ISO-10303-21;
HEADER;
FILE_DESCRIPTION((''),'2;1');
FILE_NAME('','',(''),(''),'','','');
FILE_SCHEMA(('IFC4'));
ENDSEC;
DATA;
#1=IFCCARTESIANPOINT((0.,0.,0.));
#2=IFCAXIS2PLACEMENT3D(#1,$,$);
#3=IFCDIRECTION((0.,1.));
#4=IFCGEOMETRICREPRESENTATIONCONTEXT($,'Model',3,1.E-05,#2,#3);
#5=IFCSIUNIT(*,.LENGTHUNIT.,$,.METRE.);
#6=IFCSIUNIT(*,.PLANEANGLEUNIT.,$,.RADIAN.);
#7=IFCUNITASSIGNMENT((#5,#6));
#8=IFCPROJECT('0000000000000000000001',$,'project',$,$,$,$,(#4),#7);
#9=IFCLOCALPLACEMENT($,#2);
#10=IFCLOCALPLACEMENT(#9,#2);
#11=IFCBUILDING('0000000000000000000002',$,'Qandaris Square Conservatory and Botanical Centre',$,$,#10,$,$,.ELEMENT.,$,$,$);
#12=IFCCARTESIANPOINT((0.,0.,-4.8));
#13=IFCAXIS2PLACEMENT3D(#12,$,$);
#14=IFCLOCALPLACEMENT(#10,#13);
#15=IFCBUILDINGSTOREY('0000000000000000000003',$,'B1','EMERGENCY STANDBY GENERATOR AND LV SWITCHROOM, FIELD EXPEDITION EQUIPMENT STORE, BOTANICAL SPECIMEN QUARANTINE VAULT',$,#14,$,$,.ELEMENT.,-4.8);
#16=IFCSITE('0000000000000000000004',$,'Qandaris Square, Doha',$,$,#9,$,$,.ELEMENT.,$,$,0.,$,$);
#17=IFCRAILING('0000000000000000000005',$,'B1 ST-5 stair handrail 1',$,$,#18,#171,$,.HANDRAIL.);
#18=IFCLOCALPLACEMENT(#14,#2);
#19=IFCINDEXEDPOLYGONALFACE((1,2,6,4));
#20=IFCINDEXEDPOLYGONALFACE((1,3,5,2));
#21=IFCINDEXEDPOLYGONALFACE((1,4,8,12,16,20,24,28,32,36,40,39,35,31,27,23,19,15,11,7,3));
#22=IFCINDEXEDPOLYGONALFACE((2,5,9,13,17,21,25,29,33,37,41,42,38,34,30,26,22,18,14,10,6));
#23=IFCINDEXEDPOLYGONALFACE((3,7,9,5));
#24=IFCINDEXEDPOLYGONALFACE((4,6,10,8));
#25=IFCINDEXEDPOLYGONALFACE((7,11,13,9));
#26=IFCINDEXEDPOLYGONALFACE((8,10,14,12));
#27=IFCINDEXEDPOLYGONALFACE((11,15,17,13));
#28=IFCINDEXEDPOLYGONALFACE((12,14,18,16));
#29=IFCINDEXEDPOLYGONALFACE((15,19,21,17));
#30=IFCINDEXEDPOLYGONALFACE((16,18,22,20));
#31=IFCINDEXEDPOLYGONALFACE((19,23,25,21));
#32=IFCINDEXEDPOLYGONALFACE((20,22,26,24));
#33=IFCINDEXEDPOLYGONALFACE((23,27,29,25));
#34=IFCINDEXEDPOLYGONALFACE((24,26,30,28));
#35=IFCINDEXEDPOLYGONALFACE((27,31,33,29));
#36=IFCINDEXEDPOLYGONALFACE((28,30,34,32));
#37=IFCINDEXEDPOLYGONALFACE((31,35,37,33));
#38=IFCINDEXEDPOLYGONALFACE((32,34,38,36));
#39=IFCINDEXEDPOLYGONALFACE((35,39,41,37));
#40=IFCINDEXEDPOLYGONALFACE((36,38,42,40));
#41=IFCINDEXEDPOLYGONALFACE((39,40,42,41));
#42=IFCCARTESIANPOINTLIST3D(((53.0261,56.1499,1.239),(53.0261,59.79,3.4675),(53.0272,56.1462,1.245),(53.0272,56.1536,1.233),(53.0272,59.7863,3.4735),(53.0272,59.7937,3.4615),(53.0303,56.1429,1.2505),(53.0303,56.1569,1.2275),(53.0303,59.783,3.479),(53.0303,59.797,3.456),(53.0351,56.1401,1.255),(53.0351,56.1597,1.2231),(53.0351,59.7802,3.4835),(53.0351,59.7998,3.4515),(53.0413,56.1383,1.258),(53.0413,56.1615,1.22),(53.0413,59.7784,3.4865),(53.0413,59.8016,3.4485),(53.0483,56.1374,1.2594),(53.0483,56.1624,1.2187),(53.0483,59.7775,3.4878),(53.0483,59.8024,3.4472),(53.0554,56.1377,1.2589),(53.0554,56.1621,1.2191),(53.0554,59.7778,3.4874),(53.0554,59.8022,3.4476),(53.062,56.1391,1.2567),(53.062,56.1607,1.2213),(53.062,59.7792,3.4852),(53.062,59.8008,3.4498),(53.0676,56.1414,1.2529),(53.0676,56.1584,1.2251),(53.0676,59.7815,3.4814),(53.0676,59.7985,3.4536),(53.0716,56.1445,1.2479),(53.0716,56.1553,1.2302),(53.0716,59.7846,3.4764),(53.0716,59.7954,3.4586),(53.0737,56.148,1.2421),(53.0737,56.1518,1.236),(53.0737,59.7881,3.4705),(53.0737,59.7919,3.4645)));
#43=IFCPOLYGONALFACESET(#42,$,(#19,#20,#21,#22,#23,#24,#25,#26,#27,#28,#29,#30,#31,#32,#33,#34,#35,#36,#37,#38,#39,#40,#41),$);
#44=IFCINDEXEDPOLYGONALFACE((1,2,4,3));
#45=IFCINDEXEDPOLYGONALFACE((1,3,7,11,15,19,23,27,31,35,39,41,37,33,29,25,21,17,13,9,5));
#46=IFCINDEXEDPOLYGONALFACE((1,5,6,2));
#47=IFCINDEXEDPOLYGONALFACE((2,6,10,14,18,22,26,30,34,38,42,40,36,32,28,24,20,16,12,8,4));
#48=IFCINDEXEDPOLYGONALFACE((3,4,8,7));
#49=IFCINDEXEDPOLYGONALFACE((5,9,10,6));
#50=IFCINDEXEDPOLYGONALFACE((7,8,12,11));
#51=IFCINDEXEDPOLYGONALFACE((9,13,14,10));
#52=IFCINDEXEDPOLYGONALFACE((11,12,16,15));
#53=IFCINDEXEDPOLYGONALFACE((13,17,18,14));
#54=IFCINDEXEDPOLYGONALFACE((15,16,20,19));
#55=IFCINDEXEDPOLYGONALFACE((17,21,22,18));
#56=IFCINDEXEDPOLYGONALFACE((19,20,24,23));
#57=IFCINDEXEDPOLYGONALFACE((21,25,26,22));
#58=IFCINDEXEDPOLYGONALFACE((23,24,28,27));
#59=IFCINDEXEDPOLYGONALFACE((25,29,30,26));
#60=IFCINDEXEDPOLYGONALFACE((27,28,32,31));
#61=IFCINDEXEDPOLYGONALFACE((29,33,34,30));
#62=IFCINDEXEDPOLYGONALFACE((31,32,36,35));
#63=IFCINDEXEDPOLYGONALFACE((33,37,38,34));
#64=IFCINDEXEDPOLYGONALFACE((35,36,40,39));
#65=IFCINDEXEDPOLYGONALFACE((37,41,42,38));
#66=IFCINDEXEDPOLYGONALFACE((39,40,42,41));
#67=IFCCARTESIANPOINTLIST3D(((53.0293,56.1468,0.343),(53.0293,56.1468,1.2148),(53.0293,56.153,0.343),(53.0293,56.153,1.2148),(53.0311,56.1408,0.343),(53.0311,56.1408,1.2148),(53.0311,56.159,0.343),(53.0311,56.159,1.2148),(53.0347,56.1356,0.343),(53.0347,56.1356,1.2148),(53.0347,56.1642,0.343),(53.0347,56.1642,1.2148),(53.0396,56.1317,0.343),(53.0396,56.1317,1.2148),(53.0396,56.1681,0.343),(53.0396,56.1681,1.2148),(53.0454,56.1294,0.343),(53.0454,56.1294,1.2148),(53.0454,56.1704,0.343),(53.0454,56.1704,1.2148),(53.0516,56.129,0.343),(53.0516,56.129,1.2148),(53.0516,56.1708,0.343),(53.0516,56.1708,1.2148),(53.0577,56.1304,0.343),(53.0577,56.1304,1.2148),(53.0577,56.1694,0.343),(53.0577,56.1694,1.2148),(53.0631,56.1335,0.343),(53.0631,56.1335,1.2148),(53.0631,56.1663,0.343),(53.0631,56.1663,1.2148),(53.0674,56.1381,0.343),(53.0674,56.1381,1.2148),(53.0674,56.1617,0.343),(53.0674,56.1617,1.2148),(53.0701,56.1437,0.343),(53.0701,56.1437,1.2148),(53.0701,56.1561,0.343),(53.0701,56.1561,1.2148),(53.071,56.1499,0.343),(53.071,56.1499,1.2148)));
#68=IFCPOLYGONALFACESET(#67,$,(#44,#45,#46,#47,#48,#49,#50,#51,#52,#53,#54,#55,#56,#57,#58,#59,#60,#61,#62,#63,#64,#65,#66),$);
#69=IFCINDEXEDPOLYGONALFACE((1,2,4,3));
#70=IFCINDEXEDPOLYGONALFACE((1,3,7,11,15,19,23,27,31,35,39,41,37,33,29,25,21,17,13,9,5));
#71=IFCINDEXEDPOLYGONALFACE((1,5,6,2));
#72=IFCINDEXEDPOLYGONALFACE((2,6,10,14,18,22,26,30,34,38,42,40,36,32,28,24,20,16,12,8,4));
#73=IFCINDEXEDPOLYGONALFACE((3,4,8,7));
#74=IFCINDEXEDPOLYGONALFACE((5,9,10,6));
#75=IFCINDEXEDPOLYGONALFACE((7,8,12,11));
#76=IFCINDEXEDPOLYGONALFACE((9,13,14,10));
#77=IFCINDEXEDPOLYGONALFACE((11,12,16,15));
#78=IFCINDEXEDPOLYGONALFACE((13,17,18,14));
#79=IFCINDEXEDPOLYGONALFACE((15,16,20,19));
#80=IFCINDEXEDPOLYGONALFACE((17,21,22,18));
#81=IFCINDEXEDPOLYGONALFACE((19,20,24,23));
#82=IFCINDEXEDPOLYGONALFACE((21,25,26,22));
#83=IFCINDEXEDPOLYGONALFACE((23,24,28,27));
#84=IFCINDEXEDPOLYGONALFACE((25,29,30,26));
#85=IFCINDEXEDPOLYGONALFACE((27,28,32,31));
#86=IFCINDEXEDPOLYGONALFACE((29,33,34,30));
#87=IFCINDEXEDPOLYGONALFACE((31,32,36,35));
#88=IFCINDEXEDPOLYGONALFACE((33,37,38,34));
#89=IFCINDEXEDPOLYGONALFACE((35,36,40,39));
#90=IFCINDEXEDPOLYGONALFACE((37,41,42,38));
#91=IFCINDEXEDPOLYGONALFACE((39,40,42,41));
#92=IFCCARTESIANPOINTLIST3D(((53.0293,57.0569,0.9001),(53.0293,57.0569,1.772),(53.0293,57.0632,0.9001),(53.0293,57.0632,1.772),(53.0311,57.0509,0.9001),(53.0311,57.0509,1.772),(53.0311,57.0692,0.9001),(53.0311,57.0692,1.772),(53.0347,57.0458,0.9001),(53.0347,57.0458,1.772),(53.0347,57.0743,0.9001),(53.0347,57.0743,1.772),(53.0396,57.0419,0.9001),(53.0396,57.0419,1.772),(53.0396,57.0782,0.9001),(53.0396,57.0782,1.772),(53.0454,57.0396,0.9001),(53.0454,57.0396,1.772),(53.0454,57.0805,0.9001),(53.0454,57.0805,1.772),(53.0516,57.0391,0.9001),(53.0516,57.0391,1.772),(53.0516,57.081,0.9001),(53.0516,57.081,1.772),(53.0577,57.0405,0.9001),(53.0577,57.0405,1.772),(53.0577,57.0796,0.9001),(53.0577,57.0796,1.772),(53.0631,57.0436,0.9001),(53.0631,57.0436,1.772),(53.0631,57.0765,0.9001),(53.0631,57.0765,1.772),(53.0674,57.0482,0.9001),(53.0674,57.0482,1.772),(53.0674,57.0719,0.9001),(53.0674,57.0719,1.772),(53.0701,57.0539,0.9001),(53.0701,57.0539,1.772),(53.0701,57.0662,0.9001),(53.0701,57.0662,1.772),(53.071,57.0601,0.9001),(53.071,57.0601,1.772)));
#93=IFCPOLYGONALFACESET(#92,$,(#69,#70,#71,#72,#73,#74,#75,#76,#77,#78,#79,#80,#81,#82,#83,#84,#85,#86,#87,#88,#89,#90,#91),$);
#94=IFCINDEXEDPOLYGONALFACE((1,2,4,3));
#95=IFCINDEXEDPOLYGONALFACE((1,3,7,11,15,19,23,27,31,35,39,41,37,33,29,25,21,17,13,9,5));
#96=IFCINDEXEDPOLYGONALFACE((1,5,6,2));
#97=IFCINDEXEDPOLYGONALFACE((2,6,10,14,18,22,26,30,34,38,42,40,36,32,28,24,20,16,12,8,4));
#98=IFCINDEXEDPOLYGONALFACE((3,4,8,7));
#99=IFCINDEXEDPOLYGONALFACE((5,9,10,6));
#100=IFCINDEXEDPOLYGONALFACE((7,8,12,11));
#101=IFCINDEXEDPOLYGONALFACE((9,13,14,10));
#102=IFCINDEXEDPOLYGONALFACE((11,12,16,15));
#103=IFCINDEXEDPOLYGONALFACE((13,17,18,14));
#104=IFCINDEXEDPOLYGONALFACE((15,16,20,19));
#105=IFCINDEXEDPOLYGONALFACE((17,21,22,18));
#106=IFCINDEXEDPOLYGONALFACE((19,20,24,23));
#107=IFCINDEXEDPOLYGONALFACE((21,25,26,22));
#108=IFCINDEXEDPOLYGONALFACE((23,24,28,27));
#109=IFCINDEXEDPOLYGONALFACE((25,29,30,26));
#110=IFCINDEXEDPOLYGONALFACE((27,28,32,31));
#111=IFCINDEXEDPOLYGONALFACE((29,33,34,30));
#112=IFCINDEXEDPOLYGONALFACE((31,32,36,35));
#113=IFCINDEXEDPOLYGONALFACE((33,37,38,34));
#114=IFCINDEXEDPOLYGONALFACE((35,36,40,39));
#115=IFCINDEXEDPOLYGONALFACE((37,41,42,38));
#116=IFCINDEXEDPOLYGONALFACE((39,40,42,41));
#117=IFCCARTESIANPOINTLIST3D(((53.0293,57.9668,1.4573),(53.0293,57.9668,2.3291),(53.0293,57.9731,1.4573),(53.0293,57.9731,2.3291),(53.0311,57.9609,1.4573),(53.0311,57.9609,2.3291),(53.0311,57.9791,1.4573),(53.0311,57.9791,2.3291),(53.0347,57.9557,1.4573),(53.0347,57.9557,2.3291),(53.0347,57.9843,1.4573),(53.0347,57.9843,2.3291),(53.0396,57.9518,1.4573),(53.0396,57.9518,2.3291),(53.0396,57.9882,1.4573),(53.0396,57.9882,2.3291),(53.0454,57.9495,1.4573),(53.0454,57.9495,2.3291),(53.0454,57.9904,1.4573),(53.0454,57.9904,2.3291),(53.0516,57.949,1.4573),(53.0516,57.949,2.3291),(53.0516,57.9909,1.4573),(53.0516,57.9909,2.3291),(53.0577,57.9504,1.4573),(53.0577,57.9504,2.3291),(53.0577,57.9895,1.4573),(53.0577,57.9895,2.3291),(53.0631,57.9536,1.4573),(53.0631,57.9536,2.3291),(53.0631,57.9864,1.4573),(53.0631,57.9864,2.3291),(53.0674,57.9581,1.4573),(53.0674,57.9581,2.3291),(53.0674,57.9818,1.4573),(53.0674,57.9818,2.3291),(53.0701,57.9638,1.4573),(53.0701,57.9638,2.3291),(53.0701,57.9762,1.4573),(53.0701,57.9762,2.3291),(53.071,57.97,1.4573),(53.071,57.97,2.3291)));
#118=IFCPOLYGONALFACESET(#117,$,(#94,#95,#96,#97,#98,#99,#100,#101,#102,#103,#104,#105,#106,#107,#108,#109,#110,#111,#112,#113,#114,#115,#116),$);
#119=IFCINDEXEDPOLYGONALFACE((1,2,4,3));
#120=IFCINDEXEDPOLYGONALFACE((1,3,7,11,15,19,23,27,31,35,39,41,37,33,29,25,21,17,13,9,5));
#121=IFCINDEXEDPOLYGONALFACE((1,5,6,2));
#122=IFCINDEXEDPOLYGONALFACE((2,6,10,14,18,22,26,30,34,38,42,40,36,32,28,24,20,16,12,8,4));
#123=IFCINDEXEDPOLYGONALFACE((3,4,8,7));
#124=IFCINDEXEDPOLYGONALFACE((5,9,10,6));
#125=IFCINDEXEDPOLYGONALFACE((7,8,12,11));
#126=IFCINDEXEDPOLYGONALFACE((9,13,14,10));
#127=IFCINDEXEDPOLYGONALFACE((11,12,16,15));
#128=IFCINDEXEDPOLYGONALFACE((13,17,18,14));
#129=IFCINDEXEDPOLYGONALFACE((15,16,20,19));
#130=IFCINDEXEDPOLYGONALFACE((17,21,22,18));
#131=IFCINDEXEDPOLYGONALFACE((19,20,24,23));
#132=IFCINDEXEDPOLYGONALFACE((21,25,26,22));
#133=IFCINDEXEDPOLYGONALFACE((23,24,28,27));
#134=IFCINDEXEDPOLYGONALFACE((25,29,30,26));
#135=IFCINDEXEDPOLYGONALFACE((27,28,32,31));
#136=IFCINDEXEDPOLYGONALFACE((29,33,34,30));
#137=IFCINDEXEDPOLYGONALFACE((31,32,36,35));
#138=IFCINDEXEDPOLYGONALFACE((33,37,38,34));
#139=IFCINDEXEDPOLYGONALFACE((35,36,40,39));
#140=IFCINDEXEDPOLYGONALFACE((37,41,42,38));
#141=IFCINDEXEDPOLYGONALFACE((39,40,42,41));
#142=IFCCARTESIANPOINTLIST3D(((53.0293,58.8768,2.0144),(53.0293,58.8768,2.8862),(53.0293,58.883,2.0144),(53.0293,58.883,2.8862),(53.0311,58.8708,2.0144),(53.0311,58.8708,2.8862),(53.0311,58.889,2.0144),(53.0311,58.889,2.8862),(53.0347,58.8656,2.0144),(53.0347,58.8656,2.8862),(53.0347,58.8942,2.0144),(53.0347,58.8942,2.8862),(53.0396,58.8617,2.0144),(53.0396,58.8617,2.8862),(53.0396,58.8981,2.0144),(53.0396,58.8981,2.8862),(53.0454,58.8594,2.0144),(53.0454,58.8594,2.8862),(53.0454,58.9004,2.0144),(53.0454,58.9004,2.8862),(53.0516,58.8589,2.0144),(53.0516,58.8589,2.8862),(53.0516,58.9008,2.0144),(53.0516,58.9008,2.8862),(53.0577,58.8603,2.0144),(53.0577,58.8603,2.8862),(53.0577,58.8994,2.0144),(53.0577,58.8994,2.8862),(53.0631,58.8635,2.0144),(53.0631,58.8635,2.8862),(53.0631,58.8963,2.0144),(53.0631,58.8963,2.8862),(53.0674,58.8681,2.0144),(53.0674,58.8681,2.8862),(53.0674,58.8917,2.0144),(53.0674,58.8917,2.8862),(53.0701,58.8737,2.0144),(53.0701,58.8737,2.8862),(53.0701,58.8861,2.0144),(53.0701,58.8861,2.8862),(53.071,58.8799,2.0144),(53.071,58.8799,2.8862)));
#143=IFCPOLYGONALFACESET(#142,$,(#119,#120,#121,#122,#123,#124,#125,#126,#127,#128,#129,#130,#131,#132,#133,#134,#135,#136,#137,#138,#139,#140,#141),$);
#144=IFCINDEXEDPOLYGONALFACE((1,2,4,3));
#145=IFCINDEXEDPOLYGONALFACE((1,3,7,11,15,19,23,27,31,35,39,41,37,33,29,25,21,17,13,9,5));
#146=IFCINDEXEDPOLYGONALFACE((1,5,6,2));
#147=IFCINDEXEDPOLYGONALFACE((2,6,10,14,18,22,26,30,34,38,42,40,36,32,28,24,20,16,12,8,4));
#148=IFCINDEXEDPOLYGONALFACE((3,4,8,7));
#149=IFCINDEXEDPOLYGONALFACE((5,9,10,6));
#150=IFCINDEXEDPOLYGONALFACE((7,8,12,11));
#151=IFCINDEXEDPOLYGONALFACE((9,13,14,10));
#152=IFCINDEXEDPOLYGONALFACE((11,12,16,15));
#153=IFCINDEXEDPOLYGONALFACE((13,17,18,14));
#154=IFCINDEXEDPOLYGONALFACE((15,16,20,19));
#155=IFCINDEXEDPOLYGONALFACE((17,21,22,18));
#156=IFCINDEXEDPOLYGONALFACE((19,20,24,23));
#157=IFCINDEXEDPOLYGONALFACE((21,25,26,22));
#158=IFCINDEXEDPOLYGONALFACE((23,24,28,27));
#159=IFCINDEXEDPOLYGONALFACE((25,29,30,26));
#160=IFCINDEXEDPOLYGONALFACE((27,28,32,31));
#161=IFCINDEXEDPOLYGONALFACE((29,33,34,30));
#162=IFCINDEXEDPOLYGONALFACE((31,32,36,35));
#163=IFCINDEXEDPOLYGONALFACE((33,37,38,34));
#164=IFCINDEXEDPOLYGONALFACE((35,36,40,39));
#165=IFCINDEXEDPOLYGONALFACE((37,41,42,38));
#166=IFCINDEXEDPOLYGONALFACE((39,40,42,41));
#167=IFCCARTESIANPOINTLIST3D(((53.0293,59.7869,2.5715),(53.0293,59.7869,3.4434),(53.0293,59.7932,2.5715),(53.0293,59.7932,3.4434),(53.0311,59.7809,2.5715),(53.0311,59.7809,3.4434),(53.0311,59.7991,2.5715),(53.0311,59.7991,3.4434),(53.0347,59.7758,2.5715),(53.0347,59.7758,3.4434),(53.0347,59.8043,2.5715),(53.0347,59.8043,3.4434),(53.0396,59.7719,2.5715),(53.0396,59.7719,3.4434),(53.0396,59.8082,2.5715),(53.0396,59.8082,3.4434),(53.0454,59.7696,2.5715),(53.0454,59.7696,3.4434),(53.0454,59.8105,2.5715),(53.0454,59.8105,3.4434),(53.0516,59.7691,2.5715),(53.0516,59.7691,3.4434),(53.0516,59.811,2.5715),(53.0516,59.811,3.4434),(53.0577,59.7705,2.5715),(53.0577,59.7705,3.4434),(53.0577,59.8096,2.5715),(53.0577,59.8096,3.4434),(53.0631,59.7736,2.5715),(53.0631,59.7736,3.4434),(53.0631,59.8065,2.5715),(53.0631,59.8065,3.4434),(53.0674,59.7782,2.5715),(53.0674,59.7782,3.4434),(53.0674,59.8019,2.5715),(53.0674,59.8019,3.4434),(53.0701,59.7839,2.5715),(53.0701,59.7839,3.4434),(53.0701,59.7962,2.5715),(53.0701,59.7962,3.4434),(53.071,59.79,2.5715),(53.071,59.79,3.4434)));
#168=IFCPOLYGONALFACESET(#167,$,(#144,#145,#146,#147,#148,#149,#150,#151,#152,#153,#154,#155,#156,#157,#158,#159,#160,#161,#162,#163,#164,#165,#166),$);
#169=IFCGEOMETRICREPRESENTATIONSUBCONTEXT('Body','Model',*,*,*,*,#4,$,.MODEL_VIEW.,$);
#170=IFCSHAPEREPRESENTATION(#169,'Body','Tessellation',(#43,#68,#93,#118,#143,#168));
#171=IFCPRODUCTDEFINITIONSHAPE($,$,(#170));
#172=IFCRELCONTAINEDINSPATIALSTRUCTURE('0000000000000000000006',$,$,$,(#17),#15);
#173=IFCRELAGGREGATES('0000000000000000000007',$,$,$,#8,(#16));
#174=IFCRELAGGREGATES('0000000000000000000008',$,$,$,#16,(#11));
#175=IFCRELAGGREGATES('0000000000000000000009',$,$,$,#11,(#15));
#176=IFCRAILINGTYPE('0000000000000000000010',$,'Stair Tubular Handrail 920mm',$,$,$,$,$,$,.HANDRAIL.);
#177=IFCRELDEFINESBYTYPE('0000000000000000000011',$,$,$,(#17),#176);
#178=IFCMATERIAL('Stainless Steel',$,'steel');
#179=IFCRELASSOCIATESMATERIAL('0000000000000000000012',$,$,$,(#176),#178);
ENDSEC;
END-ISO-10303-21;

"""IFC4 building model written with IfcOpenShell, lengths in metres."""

from ifc_helpers import new_model, si_unit, direction, frame, origin, origin_2d, place, context, subcontext, project, spatial, circle, extrude, material, type_object, element, save


model = new_model("IFC4")

# Units and contexts
model_context = context("Model", 3, precision=1e-05, world=origin(), true_north=direction((0.0, 1.0)))
body_context = subcontext(model_context, "Body", "Model", "MODEL_VIEW")
ifc_project = project(units=[si_unit("LENGTHUNIT", "METRE"), si_unit("PLANEANGLEUNIT", "RADIAN")], contexts=[model_context])

# Site, building, storey
site_placement = place(None, origin())
site = spatial("IfcSite", under=ifc_project, at=site_placement, Name="Qandaris Square, Doha", CompositionType="ELEMENT", RefElevation=0.0)
building_placement = place(site_placement, origin())
building = spatial("IfcBuilding", under=site, at=building_placement, Name="Qandaris Square Conservatory and Botanical Centre", CompositionType="ELEMENT")
storey_placement = place(building_placement, frame((0.0, 0.0, -4.8)))
storey = spatial("IfcBuildingStorey", under=building, at=storey_placement, Name="B1", Description="EMERGENCY STANDBY GENERATOR AND LV SWITCHROOM, FIELD EXPEDITION EQUIPMENT STORE, BOTANICAL SPECIMEN QUARANTINE VAULT", CompositionType="ELEMENT", Elevation=-4.8)

# Railing
ifc_material_1 = material(Name="Stainless Steel", Category="steel")
railing_type_1 = type_object("IfcRailingType", Name="Stair Tubular Handrail 920mm", PredefinedType="HANDRAIL", material=ifc_material_1)
railing_1_placement = place(storey_placement, frame((53.05, 56.1499, 0.343)))
element("IfcRailing", 1, at=railing_1_placement, inside=storey, type_object=railing_type_1, Name="B1 ST-5 stair handrail 1", PredefinedType="HANDRAIL", context=body_context, shape_type="SweptSolid", body=[
    extrude(circle(Radius=0.0239, at=origin_2d()), frame((0.0, 0.0, 0.896), z_axis=(0.0, 0.852866, 0.52213), x_axis=(-1.0, 0.0, 0.0)), (0.0, 0.0, 1.0), 4.2681),
    extrude(circle(Radius=0.021, at=origin_2d()), origin(), (0.0, 0.0, 1.0), 0.8718),
    extrude(circle(Radius=0.021, at=origin_2d()), frame((0.0, 0.9102, 0.5571)), (0.0, 0.0, 1.0), 0.8718),
    extrude(circle(Radius=0.021, at=origin_2d()), frame((0.0, 1.8201, 1.1143)), (0.0, 0.0, 1.0), 0.8718),
    extrude(circle(Radius=0.021, at=origin_2d()), frame((0.0, 2.73, 1.6714)), (0.0, 0.0, 1.0), 0.8718),
    extrude(circle(Radius=0.021, at=origin_2d()), frame((0.0, 3.6401, 2.2285)), (0.0, 0.0, 1.0), 0.8718),
])

save(model, "model.ifc")
